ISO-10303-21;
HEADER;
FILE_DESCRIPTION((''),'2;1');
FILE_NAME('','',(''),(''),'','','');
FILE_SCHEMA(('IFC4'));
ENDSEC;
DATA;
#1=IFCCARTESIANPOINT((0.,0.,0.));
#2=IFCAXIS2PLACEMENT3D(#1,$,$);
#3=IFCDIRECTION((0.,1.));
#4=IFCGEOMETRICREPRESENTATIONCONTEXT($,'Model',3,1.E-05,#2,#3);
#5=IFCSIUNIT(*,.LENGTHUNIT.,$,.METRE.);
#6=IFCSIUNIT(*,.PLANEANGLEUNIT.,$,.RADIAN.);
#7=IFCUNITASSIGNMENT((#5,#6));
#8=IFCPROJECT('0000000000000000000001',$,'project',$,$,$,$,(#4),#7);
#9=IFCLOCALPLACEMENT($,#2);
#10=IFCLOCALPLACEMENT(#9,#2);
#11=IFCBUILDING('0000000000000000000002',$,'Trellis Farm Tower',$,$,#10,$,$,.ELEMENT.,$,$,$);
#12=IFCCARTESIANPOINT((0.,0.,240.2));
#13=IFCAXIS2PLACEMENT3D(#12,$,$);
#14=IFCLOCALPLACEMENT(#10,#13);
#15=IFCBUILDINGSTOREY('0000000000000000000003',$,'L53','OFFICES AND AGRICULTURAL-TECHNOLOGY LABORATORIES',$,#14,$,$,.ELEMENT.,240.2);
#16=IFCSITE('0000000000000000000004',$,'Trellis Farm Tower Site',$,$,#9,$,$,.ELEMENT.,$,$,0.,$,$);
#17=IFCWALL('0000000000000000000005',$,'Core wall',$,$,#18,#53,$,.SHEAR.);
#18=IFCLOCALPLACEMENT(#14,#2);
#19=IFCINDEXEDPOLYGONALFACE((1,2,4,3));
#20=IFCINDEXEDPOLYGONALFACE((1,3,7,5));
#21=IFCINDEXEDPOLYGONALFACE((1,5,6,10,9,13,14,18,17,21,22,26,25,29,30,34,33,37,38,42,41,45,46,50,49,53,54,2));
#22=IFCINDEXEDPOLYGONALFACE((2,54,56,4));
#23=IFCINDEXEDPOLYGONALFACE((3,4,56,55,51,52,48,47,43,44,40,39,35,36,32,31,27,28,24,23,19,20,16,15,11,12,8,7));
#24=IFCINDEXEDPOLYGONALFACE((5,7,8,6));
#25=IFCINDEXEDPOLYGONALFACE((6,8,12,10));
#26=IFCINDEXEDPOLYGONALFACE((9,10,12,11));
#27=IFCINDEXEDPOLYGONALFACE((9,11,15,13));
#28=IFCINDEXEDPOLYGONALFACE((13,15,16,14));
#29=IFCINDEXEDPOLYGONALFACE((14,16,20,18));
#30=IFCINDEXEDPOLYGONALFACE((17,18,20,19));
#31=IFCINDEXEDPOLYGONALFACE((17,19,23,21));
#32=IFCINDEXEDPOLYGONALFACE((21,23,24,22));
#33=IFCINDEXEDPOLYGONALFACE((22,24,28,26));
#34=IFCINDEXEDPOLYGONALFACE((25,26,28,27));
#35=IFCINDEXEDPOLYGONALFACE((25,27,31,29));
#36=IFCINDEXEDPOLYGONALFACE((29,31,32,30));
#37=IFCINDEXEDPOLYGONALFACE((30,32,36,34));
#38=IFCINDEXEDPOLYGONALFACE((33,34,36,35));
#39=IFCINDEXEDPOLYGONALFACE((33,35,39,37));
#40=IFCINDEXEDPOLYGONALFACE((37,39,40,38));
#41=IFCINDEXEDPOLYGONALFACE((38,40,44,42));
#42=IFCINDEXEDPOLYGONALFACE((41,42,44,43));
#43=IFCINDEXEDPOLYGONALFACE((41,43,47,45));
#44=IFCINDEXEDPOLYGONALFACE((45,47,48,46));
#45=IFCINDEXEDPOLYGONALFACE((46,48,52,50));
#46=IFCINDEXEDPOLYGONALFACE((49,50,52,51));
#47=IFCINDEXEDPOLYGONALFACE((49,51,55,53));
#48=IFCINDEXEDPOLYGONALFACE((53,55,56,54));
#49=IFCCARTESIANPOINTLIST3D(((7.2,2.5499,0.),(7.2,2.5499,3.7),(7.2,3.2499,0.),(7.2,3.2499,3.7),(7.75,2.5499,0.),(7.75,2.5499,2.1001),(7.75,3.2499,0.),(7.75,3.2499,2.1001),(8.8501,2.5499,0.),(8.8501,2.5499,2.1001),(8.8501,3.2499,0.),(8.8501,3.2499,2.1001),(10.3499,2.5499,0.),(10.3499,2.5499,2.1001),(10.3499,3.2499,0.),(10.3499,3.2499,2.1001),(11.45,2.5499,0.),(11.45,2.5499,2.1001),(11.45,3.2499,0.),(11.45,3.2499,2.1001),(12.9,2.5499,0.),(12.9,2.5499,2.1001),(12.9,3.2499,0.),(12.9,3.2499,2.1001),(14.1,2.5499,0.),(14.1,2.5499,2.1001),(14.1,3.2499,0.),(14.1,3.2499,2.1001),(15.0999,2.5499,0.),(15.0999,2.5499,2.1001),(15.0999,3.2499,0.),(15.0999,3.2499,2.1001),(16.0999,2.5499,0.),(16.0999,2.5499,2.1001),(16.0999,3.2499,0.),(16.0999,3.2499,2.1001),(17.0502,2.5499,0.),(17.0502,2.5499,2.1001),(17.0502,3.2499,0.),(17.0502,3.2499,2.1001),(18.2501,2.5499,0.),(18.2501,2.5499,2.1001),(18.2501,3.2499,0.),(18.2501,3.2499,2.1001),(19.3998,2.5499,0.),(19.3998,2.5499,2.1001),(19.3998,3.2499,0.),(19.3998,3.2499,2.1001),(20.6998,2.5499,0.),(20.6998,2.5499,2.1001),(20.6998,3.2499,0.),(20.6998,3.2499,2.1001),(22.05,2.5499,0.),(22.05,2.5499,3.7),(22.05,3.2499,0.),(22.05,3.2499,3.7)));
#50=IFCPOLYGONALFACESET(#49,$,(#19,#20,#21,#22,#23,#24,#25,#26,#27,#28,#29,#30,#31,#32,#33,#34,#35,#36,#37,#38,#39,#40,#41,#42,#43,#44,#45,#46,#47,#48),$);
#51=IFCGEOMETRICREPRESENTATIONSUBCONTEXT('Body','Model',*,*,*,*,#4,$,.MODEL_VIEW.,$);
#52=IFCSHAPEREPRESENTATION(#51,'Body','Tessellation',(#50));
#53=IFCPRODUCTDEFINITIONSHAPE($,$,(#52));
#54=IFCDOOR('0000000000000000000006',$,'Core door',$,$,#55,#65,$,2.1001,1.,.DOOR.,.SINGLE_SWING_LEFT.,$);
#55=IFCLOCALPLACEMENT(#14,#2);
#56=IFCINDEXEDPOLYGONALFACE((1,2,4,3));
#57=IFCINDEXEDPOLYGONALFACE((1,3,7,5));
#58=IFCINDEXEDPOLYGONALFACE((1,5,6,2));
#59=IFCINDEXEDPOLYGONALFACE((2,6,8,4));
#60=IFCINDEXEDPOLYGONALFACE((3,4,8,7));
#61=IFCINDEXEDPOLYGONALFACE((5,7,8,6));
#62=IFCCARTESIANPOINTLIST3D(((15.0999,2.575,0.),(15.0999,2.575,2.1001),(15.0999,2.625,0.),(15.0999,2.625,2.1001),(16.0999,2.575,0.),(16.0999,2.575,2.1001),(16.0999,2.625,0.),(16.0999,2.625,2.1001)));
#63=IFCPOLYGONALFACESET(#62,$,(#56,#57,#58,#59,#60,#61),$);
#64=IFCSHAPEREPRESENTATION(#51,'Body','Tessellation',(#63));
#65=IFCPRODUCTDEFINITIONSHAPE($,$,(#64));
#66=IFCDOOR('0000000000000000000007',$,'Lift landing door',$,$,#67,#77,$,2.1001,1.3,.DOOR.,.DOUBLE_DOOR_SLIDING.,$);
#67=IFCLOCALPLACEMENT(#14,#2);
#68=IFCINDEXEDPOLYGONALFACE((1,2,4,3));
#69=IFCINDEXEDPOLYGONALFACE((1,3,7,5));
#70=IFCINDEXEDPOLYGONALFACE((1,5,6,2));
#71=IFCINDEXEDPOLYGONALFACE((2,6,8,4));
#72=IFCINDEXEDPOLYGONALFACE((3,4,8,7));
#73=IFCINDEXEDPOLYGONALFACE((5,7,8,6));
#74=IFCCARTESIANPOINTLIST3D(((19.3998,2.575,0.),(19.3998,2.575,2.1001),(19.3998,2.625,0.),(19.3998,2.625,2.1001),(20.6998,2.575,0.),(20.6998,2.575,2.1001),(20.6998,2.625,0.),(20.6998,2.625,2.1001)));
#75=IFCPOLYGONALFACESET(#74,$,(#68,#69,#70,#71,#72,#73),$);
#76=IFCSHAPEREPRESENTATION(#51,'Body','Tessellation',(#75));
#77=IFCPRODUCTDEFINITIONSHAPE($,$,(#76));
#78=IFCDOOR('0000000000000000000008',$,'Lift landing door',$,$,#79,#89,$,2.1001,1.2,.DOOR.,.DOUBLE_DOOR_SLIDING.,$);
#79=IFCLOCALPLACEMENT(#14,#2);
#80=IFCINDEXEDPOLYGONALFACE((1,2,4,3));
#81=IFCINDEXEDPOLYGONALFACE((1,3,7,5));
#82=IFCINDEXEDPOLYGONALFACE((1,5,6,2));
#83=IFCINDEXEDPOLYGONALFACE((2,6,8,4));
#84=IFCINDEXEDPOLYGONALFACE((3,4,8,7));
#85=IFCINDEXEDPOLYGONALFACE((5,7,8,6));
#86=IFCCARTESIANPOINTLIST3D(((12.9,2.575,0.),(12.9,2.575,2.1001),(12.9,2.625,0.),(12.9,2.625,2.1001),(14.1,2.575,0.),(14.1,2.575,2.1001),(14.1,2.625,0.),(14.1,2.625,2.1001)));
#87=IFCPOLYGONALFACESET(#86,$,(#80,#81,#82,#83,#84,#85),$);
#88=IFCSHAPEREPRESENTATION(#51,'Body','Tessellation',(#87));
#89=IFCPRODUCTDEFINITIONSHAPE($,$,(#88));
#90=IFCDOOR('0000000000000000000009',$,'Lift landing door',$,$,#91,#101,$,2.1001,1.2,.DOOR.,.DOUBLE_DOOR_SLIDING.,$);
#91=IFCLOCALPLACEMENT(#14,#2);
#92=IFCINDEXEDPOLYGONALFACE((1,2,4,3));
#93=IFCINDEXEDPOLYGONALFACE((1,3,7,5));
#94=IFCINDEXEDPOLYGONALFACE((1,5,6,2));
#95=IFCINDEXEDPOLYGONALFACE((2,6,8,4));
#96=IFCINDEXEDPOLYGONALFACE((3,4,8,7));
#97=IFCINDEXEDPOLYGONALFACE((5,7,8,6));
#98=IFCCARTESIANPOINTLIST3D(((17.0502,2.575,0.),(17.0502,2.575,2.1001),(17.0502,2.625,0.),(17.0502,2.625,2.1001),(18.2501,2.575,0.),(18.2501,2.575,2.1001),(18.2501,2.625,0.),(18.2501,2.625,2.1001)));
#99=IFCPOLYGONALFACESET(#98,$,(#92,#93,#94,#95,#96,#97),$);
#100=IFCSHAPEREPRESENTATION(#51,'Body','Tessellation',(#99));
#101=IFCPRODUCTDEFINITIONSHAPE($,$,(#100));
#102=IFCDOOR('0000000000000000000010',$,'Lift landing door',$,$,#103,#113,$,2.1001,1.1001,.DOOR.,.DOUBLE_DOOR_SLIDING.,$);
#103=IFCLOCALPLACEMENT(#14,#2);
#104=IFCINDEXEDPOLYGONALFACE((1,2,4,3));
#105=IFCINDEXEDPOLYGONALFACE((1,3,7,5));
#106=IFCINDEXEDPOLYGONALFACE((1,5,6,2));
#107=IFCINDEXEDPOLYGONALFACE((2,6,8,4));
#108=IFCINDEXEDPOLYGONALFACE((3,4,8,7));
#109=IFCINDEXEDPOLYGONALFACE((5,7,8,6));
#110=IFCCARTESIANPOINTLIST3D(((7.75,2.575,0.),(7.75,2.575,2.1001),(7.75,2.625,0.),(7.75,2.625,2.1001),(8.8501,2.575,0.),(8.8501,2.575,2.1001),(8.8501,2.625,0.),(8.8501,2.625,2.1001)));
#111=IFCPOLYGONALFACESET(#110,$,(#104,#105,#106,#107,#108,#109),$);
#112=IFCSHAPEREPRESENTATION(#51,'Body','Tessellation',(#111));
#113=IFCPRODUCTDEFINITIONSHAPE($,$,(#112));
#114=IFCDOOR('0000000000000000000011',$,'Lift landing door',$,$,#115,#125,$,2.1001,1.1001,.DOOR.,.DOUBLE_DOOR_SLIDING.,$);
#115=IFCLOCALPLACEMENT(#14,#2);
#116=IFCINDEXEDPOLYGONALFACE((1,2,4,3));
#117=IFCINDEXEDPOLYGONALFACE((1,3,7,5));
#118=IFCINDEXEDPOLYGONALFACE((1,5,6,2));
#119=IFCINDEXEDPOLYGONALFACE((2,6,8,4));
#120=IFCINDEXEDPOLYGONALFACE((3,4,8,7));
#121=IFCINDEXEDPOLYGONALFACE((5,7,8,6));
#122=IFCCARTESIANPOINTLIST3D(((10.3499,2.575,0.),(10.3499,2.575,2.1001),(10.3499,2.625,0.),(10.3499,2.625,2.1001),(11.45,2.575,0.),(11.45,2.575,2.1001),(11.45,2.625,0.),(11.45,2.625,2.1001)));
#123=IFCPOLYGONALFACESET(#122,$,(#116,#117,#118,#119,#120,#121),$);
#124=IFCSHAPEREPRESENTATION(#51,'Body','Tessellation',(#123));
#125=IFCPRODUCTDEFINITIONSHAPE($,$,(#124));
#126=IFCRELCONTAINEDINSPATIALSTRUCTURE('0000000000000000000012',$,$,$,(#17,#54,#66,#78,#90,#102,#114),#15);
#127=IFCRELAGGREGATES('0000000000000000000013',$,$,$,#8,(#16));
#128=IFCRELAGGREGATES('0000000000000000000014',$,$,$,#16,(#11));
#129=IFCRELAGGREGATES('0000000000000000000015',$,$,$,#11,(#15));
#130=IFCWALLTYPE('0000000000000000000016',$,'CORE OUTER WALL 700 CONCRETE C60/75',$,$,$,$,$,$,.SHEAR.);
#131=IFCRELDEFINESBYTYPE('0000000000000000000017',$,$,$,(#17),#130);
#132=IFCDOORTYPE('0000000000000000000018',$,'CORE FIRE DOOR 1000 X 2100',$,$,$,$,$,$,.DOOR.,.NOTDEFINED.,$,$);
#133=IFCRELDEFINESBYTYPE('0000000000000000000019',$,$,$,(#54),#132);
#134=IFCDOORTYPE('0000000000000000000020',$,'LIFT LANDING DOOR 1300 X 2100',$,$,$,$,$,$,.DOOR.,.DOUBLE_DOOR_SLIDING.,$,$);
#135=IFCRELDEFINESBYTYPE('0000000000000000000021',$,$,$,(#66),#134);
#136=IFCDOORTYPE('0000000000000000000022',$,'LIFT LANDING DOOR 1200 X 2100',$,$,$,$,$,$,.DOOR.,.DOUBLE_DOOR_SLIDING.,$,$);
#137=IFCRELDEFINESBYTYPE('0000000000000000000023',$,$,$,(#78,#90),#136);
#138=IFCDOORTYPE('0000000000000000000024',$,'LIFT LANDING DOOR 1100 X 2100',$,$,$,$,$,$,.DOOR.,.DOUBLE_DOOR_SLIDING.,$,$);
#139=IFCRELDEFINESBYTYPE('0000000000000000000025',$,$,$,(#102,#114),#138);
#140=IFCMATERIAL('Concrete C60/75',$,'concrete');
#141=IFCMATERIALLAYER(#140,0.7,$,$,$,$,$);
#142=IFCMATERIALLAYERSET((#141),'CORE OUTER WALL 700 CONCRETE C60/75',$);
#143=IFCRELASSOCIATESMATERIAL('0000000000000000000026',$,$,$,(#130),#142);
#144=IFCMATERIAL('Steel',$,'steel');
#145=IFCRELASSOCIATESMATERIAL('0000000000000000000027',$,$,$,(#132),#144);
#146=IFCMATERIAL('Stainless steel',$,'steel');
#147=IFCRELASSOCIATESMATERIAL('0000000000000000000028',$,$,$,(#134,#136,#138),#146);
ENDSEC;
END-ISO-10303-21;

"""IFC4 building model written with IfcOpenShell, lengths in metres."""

from ifc_helpers import new_model, si_unit, direction, frame, frame_2d, origin, place, context, subcontext, project, spatial, rectangle, extrude, source, transform, mapped, material, layer, layer_set, type_object, element, fill, save


model = new_model("IFC4")

# Units and contexts
model_context = context("Model", 3, precision=1e-05, world=origin(), true_north=direction((0.0, 1.0)))
body_context = subcontext(model_context, "Body", "Model", "MODEL_VIEW")
ifc_project = project(units=[si_unit("LENGTHUNIT", "METRE"), si_unit("PLANEANGLEUNIT", "RADIAN")], contexts=[model_context])

# Site, building, storey
site_placement = place(None, origin())
site = spatial("IfcSite", under=ifc_project, at=site_placement, Name="Trellis Farm Tower Site", CompositionType="ELEMENT", RefElevation=0.0)
building_placement = place(site_placement, origin())
building = spatial("IfcBuilding", under=site, at=building_placement, Name="Trellis Farm Tower", CompositionType="ELEMENT")
storey_placement = place(building_placement, frame((0.0, 0.0, 240.2)))
storey = spatial("IfcBuildingStorey", under=building, at=storey_placement, Name="L53", Description="OFFICES AND AGRICULTURAL-TECHNOLOGY LABORATORIES", CompositionType="ELEMENT", Elevation=240.2)

# Shared definitions
ifc_material_1 = material(Name="Concrete C60/75", Category="concrete")

# Wall, openings, doors
ifc_layer_1 = layer(ifc_material_1, 0.7)
ifc_layer_set_1 = layer_set([ifc_layer_1], Name="CORE OUTER WALL 700 CONCRETE C60/75")
wall_type_1 = type_object("IfcWallType", Name="CORE OUTER WALL 700 CONCRETE C60/75", PredefinedType="SHEAR", material=ifc_layer_set_1)
shared_shape_1 = source(origin(), body_context, "Body", "SweptSolid", [
    extrude(rectangle(XDim=14.8501, YDim=0.7, at=frame_2d((7.425, 0.0))), origin(), (0.0, 0.0, 1.0), 3.7),
])
wall_1_placement = place(storey_placement, frame((7.2, 2.8999, 0.0), z_axis=(0.0, 0.0, 1.0), x_axis=(1.0, 0.0, 0.0)))
wall_1 = element("IfcWall", 1, at=wall_1_placement, inside=storey, type_object=wall_type_1, Name="Core wall", PredefinedType="SHEAR", context=body_context, shape_type="MappedRepresentation", body=[
    mapped(shared_shape_1, transform((0.0, 0.0, 0.0))),
])
shared_shape_2 = source(origin(), body_context, "Body", "SweptSolid", [
    extrude(rectangle(XDim=1.1001, YDim=2.1001, at=frame_2d((0.55, 1.05))), frame((0.0, 0.3601, 0.0), z_axis=(0.0, -1.0, 0.0), x_axis=(1.0, 0.0, 0.0)), (0.0, 0.0, 1.0), 0.7202),
])
opening_1_placement = place(wall_1_placement, frame((0.55, 0.0, 0.0)))
opening_1 = element("IfcOpeningElement", 2, at=opening_1_placement, cuts=wall_1, PredefinedType="OPENING", context=body_context, shape_type="MappedRepresentation", body=[
    mapped(shared_shape_2, transform((0.0, 0.0, 0.0))),
])
opening_2_placement = place(wall_1_placement, frame((3.1499, 0.0, 0.0)))
opening_2 = element("IfcOpeningElement", 3, at=opening_2_placement, cuts=wall_1, PredefinedType="OPENING", context=body_context, shape_type="MappedRepresentation", body=[
    mapped(shared_shape_2, transform((0.0, 0.0, 0.0))),
])
shared_shape_3 = source(origin(), body_context, "Body", "SweptSolid", [
    extrude(rectangle(XDim=1.2, YDim=2.1001, at=frame_2d((0.6001, 1.05))), frame((0.0, 0.3601, 0.0), z_axis=(0.0, -1.0, 0.0), x_axis=(1.0, 0.0, 0.0)), (0.0, 0.0, 1.0), 0.7202),
])
opening_3_placement = place(wall_1_placement, frame((5.7, 0.0, 0.0)))
opening_3 = element("IfcOpeningElement", 4, at=opening_3_placement, cuts=wall_1, PredefinedType="OPENING", context=body_context, shape_type="MappedRepresentation", body=[
    mapped(shared_shape_3, transform((0.0, 0.0, 0.0))),
])
shared_shape_4 = source(origin(), body_context, "Body", "SweptSolid", [
    extrude(rectangle(XDim=1.3, YDim=2.1001, at=frame_2d((0.6499, 1.05))), frame((0.0, 0.3601, 0.0), z_axis=(0.0, -1.0, 0.0), x_axis=(1.0, 0.0, 0.0)), (0.0, 0.0, 1.0), 0.7202),
])
opening_4_placement = place(wall_1_placement, frame((12.2, 0.0, 0.0)))
opening_4 = element("IfcOpeningElement", 5, at=opening_4_placement, cuts=wall_1, PredefinedType="OPENING", context=body_context, shape_type="MappedRepresentation", body=[
    mapped(shared_shape_4, transform((0.0, 0.0, 0.0))),
])
opening_5_placement = place(wall_1_placement, frame((9.8501, 0.0, 0.0)))
opening_5 = element("IfcOpeningElement", 6, at=opening_5_placement, cuts=wall_1, PredefinedType="OPENING", context=body_context, shape_type="MappedRepresentation", body=[
    mapped(shared_shape_3, transform((0.0, 0.0, 0.0))),
])
shared_shape_5 = source(origin(), body_context, "Body", "SweptSolid", [
    extrude(rectangle(XDim=1.0, YDim=2.1001, at=frame_2d((0.5, 1.05))), frame((0.0, 0.3601, 0.0), z_axis=(0.0, -1.0, 0.0), x_axis=(1.0, 0.0, 0.0)), (0.0, 0.0, 1.0), 0.7202),
])
opening_6_placement = place(wall_1_placement, frame((7.8999, 0.0, 0.0)))
opening_6 = element("IfcOpeningElement", 7, at=opening_6_placement, cuts=wall_1, PredefinedType="OPENING", context=body_context, shape_type="MappedRepresentation", body=[
    mapped(shared_shape_5, transform((0.0, 0.0, 0.0))),
])
ifc_material_2 = material(Name="Steel", Category="steel")
door_type_1 = type_object("IfcDoorType", Name="CORE FIRE DOOR 1000 X 2100", OperationType="NOTDEFINED", PredefinedType="DOOR", material=ifc_material_2)
shared_shape_6 = source(origin(), body_context, "Body", "SweptSolid", [
    extrude(rectangle(XDim=1.0, YDim=2.1001, at=frame_2d((0.5, 1.05))), frame((0.0, -0.2749, 0.0), z_axis=(0.0, -1.0, 0.0), x_axis=(1.0, 0.0, 0.0)), (0.0, 0.0, 1.0), 0.05),
])
door_1_placement = place(opening_6_placement, origin())
door_1 = element("IfcDoor", 8, at=door_1_placement, inside=storey, type_object=door_type_1, Name="Core door", OperationType="SINGLE_SWING_LEFT", OverallHeight=2.1001, OverallWidth=1.0, PredefinedType="DOOR", context=body_context, shape_type="MappedRepresentation", body=[
    mapped(shared_shape_6, transform((0.0, 0.0, 0.0))),
])
fill(opening_6, door_1)
ifc_material_3 = material(Name="Stainless steel", Category="steel")
door_type_2 = type_object("IfcDoorType", Name="LIFT LANDING DOOR 1300 X 2100", OperationType="DOUBLE_DOOR_SLIDING", PredefinedType="DOOR", material=ifc_material_3)
shared_shape_7 = source(origin(), body_context, "Body", "SweptSolid", [
    extrude(rectangle(XDim=1.3, YDim=2.1001, at=frame_2d((0.6499, 1.05))), frame((0.0, -0.2749, 0.0), z_axis=(0.0, -1.0, 0.0), x_axis=(1.0, 0.0, 0.0)), (0.0, 0.0, 1.0), 0.05),
])
door_2_placement = place(opening_4_placement, origin())
door_2 = element("IfcDoor", 9, at=door_2_placement, inside=storey, type_object=door_type_2, Name="Lift landing door", OperationType="DOUBLE_DOOR_SLIDING", OverallHeight=2.1001, OverallWidth=1.3, PredefinedType="DOOR", context=body_context, shape_type="MappedRepresentation", body=[
    mapped(shared_shape_7, transform((0.0, 0.0, 0.0))),
])
fill(opening_4, door_2)
door_type_3 = type_object("IfcDoorType", Name="LIFT LANDING DOOR 1200 X 2100", OperationType="DOUBLE_DOOR_SLIDING", PredefinedType="DOOR", material=ifc_material_3)
shared_shape_8 = source(origin(), body_context, "Body", "SweptSolid", [
    extrude(rectangle(XDim=1.2, YDim=2.1001, at=frame_2d((0.6001, 1.05))), frame((0.0, -0.2749, 0.0), z_axis=(0.0, -1.0, 0.0), x_axis=(1.0, 0.0, 0.0)), (0.0, 0.0, 1.0), 0.05),
])
door_3_placement = place(opening_3_placement, origin())
door_3 = element("IfcDoor", 10, at=door_3_placement, inside=storey, type_object=door_type_3, Name="Lift landing door", OperationType="DOUBLE_DOOR_SLIDING", OverallHeight=2.1001, OverallWidth=1.2, PredefinedType="DOOR", context=body_context, shape_type="MappedRepresentation", body=[
    mapped(shared_shape_8, transform((0.0, 0.0, 0.0))),
])
fill(opening_3, door_3)
door_4_placement = place(opening_5_placement, origin())
door_4 = element("IfcDoor", 11, at=door_4_placement, inside=storey, type_object=door_type_3, Name="Lift landing door", OperationType="DOUBLE_DOOR_SLIDING", OverallHeight=2.1001, OverallWidth=1.2, PredefinedType="DOOR", context=body_context, shape_type="MappedRepresentation", body=[
    mapped(shared_shape_8, transform((0.0, 0.0, 0.0))),
])
fill(opening_5, door_4)
door_type_4 = type_object("IfcDoorType", Name="LIFT LANDING DOOR 1100 X 2100", OperationType="DOUBLE_DOOR_SLIDING", PredefinedType="DOOR", material=ifc_material_3)
shared_shape_9 = source(origin(), body_context, "Body", "SweptSolid", [
    extrude(rectangle(XDim=1.1001, YDim=2.1001, at=frame_2d((0.55, 1.05))), frame((0.0, -0.2749, 0.0), z_axis=(0.0, -1.0, 0.0), x_axis=(1.0, 0.0, 0.0)), (0.0, 0.0, 1.0), 0.05),
])
door_5_placement = place(opening_1_placement, origin())
door_5 = element("IfcDoor", 12, at=door_5_placement, inside=storey, type_object=door_type_4, Name="Lift landing door", OperationType="DOUBLE_DOOR_SLIDING", OverallHeight=2.1001, OverallWidth=1.1001, PredefinedType="DOOR", context=body_context, shape_type="MappedRepresentation", body=[
    mapped(shared_shape_9, transform((0.0, 0.0, 0.0))),
])
fill(opening_1, door_5)
door_6_placement = place(opening_2_placement, origin())
door_6 = element("IfcDoor", 13, at=door_6_placement, inside=storey, type_object=door_type_4, Name="Lift landing door", OperationType="DOUBLE_DOOR_SLIDING", OverallHeight=2.1001, OverallWidth=1.1001, PredefinedType="DOOR", context=body_context, shape_type="MappedRepresentation", body=[
    mapped(shared_shape_9, transform((0.0, 0.0, 0.0))),
])
fill(opening_2, door_6)

save(model, "model.ifc")
